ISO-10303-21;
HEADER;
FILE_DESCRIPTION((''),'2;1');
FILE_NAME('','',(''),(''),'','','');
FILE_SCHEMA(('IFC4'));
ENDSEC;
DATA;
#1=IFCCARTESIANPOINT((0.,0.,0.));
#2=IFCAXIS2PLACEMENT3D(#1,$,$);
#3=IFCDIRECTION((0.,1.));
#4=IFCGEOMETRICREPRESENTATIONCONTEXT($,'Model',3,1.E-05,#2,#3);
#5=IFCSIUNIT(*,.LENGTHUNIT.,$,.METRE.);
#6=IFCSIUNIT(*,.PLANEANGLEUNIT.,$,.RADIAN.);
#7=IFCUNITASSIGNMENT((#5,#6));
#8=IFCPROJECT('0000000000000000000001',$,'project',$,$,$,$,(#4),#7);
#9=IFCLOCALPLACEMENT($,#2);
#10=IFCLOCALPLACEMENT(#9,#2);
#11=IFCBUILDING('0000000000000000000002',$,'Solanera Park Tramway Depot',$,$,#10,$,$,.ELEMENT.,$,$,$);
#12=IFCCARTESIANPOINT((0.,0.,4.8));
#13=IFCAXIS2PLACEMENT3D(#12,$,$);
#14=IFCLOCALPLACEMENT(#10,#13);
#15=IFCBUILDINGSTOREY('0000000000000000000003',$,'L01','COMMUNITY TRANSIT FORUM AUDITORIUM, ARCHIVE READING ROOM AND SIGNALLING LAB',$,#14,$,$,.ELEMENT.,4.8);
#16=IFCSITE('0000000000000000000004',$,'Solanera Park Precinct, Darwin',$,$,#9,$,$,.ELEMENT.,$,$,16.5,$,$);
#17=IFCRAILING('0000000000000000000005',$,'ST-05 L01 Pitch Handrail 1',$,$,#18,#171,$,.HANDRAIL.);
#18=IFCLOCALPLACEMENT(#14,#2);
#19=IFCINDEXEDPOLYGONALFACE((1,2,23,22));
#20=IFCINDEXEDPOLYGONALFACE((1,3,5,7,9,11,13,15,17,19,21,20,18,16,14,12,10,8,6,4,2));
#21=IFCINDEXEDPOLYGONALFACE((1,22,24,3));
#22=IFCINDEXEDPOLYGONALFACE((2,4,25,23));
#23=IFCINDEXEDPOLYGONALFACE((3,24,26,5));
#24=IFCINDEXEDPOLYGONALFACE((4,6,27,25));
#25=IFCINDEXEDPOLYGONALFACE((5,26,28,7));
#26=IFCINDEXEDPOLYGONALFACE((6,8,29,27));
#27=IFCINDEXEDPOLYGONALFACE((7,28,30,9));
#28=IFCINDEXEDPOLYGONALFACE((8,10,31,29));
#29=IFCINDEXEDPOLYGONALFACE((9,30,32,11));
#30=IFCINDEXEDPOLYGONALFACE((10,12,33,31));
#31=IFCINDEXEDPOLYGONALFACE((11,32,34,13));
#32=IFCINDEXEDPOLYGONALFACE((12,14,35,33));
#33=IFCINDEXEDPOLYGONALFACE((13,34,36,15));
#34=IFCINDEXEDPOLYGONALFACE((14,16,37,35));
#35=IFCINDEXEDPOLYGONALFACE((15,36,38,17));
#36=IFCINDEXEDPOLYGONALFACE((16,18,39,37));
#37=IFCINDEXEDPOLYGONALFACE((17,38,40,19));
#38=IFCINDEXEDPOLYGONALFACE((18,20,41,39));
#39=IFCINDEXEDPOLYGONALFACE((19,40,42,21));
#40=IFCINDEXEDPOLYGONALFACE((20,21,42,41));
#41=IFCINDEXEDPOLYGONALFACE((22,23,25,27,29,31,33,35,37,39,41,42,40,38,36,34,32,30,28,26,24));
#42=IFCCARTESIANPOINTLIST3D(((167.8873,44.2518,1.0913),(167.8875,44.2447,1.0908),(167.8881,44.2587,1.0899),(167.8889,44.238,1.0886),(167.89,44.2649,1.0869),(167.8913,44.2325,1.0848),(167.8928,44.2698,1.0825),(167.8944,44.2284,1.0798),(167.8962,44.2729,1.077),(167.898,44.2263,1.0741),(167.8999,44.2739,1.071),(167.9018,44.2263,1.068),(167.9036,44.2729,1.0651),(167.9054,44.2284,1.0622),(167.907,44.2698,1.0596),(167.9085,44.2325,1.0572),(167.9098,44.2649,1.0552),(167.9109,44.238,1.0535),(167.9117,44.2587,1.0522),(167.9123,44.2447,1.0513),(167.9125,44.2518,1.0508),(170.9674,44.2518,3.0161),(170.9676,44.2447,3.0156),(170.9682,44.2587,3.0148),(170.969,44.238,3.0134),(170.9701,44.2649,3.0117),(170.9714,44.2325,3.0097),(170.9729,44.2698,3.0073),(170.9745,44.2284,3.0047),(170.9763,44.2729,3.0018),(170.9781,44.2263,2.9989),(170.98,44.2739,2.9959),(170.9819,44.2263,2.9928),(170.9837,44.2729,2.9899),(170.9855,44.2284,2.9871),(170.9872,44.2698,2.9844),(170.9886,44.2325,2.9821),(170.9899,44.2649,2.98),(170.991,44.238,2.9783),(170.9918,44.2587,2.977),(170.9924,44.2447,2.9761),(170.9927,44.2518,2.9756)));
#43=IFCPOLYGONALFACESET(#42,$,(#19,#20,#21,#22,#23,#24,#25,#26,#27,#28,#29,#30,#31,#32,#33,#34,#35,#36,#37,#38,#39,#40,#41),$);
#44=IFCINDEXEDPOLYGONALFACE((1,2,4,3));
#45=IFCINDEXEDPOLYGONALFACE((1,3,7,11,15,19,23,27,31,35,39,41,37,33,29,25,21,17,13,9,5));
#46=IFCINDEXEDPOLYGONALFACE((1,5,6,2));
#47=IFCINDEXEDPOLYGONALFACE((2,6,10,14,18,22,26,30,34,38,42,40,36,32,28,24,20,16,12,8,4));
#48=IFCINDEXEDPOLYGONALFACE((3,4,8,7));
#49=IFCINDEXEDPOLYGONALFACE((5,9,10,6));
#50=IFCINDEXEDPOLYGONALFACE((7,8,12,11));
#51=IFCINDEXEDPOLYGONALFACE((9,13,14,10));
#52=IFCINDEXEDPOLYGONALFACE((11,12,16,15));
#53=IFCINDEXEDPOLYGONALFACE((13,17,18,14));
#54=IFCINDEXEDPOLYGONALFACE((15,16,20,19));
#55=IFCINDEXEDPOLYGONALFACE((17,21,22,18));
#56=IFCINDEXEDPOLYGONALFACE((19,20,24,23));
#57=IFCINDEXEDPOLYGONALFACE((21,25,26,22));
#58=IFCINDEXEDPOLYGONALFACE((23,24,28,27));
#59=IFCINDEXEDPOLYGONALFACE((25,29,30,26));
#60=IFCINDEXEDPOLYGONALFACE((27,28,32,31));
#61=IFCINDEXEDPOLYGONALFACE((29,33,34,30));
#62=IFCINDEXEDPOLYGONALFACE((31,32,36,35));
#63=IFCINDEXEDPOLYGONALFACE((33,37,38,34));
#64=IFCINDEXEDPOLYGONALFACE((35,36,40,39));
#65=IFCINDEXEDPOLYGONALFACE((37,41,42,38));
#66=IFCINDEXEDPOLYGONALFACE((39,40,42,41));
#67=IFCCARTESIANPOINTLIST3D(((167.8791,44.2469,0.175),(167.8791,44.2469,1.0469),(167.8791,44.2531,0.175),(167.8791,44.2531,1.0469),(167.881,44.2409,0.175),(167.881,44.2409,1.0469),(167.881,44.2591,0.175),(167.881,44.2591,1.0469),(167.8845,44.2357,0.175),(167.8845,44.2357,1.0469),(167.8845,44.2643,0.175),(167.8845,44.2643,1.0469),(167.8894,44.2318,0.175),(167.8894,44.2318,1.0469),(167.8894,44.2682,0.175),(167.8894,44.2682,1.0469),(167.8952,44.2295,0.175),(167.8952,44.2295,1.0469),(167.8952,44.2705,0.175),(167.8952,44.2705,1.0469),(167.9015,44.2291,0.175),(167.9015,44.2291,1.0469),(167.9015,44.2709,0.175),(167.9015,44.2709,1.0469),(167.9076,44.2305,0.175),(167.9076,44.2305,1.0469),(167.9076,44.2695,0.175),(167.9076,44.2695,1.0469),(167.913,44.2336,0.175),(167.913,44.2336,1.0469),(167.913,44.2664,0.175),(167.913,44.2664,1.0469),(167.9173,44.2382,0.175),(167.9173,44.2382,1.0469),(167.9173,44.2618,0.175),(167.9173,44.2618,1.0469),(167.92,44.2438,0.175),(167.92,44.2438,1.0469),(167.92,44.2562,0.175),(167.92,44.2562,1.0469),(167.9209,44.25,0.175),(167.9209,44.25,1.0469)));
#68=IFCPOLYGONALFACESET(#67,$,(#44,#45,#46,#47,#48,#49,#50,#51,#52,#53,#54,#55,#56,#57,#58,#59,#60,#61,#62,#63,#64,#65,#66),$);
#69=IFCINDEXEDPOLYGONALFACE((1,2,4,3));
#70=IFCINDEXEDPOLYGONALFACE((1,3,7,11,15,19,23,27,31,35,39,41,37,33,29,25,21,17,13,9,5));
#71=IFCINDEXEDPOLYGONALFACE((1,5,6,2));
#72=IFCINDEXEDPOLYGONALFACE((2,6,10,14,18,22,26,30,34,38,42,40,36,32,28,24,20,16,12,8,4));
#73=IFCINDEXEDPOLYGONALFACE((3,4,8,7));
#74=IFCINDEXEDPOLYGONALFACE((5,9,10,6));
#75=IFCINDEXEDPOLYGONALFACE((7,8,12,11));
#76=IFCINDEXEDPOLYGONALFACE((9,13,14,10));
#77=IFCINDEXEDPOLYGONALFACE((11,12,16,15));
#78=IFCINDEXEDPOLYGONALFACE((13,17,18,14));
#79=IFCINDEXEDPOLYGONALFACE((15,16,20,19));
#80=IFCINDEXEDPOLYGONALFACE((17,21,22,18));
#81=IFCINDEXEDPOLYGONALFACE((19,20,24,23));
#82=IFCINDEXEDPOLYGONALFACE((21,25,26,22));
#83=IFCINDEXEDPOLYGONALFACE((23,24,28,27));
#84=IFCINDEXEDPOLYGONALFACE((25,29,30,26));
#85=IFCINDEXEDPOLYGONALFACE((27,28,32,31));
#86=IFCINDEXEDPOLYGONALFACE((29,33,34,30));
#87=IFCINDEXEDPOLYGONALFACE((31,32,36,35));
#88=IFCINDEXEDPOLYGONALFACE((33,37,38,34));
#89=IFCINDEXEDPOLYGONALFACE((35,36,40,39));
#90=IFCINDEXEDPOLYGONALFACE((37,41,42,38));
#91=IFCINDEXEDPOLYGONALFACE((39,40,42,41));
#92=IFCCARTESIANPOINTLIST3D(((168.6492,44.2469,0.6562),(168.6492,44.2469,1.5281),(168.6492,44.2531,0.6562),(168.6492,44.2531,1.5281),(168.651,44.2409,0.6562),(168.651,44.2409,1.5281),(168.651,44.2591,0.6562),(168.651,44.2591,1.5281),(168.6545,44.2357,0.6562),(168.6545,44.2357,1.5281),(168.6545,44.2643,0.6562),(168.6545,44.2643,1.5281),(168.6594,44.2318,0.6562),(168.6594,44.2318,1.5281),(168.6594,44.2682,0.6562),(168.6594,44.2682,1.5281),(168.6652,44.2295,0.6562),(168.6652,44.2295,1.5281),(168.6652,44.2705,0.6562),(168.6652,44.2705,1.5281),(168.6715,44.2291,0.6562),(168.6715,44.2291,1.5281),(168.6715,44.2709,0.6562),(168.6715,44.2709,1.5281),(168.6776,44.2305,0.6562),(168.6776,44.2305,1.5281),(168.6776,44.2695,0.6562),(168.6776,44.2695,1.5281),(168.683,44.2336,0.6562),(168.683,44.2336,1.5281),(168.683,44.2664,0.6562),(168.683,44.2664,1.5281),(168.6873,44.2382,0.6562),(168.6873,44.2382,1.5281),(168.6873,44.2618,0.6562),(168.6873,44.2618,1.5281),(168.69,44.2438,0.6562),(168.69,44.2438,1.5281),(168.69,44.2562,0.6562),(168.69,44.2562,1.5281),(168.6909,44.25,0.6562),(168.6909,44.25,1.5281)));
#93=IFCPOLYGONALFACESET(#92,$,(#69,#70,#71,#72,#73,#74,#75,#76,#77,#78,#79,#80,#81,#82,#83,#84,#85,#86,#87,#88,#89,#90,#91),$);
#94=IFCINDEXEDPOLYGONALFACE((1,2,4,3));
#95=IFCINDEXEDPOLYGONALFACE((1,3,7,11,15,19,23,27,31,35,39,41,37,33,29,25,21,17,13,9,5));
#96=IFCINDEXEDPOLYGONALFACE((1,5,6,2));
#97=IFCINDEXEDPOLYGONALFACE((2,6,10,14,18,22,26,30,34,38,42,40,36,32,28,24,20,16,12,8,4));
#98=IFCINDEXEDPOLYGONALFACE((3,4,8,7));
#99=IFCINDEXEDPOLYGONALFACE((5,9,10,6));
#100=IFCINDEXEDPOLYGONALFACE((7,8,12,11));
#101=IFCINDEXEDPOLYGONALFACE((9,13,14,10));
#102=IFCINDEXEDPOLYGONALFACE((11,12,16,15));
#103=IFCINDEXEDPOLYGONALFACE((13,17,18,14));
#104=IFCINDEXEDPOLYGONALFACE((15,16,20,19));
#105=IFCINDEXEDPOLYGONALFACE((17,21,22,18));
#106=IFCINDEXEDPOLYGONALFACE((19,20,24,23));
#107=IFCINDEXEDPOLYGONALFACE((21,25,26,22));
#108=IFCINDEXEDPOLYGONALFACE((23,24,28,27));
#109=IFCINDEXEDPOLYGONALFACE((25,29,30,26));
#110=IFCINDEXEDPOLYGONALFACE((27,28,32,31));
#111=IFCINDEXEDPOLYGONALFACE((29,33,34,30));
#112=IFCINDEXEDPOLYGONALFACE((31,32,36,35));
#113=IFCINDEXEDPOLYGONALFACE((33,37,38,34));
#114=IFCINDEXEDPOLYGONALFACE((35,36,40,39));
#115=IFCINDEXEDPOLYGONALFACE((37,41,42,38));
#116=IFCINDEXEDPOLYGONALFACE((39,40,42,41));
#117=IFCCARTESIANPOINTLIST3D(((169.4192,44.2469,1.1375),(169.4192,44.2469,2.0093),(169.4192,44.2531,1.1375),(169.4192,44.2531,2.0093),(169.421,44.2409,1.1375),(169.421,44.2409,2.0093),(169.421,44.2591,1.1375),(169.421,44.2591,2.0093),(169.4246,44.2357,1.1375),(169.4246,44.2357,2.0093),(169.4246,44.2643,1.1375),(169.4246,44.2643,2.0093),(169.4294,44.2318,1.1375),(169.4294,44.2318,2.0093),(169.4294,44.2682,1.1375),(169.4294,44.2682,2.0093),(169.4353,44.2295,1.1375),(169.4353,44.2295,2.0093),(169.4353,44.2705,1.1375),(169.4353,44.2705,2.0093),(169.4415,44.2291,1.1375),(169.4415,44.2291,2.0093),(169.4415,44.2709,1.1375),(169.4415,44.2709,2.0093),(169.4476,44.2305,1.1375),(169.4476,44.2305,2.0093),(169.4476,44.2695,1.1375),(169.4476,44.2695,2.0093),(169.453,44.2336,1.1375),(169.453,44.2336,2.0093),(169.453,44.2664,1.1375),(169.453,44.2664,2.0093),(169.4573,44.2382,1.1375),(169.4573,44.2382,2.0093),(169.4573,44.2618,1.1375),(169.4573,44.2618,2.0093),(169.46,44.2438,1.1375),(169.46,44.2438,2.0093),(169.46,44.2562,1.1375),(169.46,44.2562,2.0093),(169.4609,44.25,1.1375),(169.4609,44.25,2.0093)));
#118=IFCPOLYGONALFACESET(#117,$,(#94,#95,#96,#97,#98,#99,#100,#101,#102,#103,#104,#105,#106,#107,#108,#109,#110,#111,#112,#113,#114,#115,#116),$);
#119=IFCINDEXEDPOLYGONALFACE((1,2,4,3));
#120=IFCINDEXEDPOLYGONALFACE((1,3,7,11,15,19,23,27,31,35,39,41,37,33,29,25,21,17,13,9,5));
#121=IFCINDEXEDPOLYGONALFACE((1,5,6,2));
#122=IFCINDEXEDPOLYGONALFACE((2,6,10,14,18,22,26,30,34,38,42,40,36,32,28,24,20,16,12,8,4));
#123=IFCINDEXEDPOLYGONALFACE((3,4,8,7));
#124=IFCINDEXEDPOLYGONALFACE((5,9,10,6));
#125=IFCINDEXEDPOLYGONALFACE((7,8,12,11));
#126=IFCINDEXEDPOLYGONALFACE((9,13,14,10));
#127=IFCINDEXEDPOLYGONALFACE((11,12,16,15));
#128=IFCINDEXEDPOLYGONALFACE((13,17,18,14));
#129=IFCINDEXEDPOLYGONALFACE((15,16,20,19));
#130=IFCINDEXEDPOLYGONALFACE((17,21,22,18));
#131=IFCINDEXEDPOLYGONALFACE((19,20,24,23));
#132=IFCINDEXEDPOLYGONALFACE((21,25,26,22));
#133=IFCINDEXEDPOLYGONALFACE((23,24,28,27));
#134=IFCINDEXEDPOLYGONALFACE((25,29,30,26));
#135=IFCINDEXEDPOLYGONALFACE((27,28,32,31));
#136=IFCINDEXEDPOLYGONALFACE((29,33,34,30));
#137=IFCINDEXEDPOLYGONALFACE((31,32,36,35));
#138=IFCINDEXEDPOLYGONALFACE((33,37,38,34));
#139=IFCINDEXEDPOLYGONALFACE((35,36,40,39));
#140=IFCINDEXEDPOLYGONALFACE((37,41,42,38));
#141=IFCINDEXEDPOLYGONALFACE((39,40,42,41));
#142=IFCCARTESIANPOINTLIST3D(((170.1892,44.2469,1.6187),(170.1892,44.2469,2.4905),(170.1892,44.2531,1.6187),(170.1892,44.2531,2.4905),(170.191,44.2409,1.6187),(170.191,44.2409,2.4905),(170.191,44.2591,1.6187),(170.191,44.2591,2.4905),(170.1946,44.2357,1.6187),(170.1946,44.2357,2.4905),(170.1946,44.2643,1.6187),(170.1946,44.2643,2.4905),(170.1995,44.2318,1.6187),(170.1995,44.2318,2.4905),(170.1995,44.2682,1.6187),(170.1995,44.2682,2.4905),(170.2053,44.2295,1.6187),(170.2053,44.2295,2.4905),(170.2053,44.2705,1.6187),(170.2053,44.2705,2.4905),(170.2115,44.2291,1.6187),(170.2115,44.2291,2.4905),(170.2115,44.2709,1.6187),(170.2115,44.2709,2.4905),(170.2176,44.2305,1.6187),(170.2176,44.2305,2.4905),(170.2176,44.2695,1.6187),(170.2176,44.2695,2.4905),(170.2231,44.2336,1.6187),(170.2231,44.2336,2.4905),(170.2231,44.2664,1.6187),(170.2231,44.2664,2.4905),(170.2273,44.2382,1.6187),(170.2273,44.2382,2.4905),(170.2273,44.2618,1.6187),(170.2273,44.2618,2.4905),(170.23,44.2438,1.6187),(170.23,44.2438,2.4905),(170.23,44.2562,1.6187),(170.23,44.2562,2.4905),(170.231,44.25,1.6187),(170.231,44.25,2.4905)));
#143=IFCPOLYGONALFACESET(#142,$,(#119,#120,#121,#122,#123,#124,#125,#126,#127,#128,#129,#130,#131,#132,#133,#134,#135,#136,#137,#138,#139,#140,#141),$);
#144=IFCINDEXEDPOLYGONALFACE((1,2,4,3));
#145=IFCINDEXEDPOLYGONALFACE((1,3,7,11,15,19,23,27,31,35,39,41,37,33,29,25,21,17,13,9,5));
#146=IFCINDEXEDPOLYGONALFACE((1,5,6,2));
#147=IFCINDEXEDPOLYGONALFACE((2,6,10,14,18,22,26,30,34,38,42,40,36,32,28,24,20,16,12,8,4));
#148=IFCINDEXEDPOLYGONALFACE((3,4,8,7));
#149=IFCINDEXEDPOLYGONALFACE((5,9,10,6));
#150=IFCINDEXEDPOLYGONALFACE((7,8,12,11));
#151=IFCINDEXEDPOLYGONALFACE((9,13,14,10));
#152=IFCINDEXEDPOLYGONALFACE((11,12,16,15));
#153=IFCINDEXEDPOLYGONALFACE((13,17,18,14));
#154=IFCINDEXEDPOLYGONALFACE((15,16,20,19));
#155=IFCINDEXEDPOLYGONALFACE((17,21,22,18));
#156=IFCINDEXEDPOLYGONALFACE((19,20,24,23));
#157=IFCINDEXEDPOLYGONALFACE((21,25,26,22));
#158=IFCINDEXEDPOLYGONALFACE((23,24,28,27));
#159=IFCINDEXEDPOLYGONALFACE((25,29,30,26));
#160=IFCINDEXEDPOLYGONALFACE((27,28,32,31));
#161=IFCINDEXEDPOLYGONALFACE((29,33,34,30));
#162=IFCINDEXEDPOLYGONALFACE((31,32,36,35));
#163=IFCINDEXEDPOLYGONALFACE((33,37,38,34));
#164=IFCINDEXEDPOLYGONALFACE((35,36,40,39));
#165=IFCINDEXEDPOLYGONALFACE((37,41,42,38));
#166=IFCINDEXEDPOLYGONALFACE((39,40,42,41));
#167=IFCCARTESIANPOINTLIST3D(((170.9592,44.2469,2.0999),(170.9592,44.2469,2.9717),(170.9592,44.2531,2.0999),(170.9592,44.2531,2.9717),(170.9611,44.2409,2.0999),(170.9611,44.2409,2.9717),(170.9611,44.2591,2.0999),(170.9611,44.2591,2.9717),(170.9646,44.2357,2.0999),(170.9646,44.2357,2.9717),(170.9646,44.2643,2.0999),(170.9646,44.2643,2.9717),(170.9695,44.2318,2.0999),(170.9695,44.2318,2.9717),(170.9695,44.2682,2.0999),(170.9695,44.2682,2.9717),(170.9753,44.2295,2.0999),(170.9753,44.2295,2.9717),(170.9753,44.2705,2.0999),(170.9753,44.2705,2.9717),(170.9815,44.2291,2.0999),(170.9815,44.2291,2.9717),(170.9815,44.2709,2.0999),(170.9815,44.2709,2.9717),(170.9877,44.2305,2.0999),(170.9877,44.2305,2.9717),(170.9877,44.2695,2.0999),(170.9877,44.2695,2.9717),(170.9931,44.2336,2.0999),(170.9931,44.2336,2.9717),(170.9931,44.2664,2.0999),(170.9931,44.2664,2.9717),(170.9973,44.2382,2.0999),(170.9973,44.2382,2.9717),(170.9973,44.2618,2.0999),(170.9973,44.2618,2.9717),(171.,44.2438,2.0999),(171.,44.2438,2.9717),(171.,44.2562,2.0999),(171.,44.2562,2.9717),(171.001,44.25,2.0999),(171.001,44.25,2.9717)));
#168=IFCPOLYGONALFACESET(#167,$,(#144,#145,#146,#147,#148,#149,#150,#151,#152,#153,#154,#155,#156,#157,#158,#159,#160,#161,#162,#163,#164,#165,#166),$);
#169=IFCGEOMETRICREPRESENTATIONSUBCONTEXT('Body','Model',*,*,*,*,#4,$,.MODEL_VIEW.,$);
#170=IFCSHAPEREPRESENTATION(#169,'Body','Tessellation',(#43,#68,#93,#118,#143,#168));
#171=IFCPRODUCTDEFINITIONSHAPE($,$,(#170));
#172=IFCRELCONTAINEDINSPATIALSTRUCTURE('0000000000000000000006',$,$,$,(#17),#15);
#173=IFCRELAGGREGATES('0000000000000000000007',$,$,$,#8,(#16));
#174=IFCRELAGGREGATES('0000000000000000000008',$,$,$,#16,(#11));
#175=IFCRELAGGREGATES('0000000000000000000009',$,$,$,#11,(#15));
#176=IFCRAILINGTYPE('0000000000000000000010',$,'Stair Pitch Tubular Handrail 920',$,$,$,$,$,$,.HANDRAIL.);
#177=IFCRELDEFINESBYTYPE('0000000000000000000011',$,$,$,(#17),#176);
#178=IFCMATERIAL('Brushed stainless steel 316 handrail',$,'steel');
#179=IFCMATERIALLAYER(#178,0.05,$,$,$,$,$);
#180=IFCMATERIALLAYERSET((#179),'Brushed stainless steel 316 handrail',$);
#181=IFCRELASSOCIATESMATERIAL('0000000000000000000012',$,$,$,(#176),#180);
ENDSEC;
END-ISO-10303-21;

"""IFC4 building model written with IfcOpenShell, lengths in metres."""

from ifc_helpers import new_model, si_unit, direction, frame, origin, origin_2d, place, context, subcontext, project, spatial, circle, extrude, material, layer, layer_set, type_object, element, save


model = new_model("IFC4")

# Units and contexts
model_context = context("Model", 3, precision=1e-05, world=origin(), true_north=direction((0.0, 1.0)))
body_context = subcontext(model_context, "Body", "Model", "MODEL_VIEW")
ifc_project = project(units=[si_unit("LENGTHUNIT", "METRE"), si_unit("PLANEANGLEUNIT", "RADIAN")], contexts=[model_context])

# Site, building, storey
site_placement = place(None, origin())
site = spatial("IfcSite", under=ifc_project, at=site_placement, Name="Solanera Park Precinct, Darwin", CompositionType="ELEMENT", RefElevation=16.5)
building_placement = place(site_placement, origin())
building = spatial("IfcBuilding", under=site, at=building_placement, Name="Solanera Park Tramway Depot", CompositionType="ELEMENT")
storey_placement = place(building_placement, frame((0.0, 0.0, 4.8)))
storey = spatial("IfcBuildingStorey", under=building, at=storey_placement, Name="L01", Description="COMMUNITY TRANSIT FORUM AUDITORIUM, ARCHIVE READING ROOM AND SIGNALLING LAB", CompositionType="ELEMENT", Elevation=4.8)

# Railing
ifc_material_1 = material(Name="Brushed stainless steel 316 handrail", Category="steel")
ifc_layer_1 = layer(ifc_material_1, 0.05)
ifc_layer_set_1 = layer_set([ifc_layer_1], Name="Brushed stainless steel 316 handrail")
railing_type_1 = type_object("IfcRailingType", Name="Stair Pitch Tubular Handrail 920", PredefinedType="HANDRAIL", material=ifc_layer_set_1)
railing_1_placement = place(storey_placement, frame((167.8999, 44.25, 0.175)))
element("IfcRailing", 1, at=railing_1_placement, inside=storey, type_object=railing_type_1, Name="ST-05 L01 Pitch Handrail 1", PredefinedType="HANDRAIL", context=body_context, shape_type="SweptSolid", body=[
    extrude(circle(Radius=0.0239, at=origin_2d()), frame((0.0, 0.0, 0.896), z_axis=(0.848029, 0.0, 0.529951), x_axis=(0.0, 1.0, 0.0)), (0.0, 0.0, 1.0), 3.6321),
    extrude(circle(Radius=0.021, at=origin_2d()), origin(), (0.0, 0.0, 1.0), 0.8718),
    extrude(circle(Radius=0.021, at=origin_2d()), frame((0.77, 0.0, 0.4812)), (0.0, 0.0, 1.0), 0.8718),
    extrude(circle(Radius=0.021, at=origin_2d()), frame((1.54, 0.0, 0.9624)), (0.0, 0.0, 1.0), 0.8718),
    extrude(circle(Radius=0.021, at=origin_2d()), frame((2.3101, 0.0, 1.4436)), (0.0, 0.0, 1.0), 0.8718),
    extrude(circle(Radius=0.021, at=origin_2d()), frame((3.0801, 0.0, 1.9248)), (0.0, 0.0, 1.0), 0.8718),
])

save(model, "model.ifc")
